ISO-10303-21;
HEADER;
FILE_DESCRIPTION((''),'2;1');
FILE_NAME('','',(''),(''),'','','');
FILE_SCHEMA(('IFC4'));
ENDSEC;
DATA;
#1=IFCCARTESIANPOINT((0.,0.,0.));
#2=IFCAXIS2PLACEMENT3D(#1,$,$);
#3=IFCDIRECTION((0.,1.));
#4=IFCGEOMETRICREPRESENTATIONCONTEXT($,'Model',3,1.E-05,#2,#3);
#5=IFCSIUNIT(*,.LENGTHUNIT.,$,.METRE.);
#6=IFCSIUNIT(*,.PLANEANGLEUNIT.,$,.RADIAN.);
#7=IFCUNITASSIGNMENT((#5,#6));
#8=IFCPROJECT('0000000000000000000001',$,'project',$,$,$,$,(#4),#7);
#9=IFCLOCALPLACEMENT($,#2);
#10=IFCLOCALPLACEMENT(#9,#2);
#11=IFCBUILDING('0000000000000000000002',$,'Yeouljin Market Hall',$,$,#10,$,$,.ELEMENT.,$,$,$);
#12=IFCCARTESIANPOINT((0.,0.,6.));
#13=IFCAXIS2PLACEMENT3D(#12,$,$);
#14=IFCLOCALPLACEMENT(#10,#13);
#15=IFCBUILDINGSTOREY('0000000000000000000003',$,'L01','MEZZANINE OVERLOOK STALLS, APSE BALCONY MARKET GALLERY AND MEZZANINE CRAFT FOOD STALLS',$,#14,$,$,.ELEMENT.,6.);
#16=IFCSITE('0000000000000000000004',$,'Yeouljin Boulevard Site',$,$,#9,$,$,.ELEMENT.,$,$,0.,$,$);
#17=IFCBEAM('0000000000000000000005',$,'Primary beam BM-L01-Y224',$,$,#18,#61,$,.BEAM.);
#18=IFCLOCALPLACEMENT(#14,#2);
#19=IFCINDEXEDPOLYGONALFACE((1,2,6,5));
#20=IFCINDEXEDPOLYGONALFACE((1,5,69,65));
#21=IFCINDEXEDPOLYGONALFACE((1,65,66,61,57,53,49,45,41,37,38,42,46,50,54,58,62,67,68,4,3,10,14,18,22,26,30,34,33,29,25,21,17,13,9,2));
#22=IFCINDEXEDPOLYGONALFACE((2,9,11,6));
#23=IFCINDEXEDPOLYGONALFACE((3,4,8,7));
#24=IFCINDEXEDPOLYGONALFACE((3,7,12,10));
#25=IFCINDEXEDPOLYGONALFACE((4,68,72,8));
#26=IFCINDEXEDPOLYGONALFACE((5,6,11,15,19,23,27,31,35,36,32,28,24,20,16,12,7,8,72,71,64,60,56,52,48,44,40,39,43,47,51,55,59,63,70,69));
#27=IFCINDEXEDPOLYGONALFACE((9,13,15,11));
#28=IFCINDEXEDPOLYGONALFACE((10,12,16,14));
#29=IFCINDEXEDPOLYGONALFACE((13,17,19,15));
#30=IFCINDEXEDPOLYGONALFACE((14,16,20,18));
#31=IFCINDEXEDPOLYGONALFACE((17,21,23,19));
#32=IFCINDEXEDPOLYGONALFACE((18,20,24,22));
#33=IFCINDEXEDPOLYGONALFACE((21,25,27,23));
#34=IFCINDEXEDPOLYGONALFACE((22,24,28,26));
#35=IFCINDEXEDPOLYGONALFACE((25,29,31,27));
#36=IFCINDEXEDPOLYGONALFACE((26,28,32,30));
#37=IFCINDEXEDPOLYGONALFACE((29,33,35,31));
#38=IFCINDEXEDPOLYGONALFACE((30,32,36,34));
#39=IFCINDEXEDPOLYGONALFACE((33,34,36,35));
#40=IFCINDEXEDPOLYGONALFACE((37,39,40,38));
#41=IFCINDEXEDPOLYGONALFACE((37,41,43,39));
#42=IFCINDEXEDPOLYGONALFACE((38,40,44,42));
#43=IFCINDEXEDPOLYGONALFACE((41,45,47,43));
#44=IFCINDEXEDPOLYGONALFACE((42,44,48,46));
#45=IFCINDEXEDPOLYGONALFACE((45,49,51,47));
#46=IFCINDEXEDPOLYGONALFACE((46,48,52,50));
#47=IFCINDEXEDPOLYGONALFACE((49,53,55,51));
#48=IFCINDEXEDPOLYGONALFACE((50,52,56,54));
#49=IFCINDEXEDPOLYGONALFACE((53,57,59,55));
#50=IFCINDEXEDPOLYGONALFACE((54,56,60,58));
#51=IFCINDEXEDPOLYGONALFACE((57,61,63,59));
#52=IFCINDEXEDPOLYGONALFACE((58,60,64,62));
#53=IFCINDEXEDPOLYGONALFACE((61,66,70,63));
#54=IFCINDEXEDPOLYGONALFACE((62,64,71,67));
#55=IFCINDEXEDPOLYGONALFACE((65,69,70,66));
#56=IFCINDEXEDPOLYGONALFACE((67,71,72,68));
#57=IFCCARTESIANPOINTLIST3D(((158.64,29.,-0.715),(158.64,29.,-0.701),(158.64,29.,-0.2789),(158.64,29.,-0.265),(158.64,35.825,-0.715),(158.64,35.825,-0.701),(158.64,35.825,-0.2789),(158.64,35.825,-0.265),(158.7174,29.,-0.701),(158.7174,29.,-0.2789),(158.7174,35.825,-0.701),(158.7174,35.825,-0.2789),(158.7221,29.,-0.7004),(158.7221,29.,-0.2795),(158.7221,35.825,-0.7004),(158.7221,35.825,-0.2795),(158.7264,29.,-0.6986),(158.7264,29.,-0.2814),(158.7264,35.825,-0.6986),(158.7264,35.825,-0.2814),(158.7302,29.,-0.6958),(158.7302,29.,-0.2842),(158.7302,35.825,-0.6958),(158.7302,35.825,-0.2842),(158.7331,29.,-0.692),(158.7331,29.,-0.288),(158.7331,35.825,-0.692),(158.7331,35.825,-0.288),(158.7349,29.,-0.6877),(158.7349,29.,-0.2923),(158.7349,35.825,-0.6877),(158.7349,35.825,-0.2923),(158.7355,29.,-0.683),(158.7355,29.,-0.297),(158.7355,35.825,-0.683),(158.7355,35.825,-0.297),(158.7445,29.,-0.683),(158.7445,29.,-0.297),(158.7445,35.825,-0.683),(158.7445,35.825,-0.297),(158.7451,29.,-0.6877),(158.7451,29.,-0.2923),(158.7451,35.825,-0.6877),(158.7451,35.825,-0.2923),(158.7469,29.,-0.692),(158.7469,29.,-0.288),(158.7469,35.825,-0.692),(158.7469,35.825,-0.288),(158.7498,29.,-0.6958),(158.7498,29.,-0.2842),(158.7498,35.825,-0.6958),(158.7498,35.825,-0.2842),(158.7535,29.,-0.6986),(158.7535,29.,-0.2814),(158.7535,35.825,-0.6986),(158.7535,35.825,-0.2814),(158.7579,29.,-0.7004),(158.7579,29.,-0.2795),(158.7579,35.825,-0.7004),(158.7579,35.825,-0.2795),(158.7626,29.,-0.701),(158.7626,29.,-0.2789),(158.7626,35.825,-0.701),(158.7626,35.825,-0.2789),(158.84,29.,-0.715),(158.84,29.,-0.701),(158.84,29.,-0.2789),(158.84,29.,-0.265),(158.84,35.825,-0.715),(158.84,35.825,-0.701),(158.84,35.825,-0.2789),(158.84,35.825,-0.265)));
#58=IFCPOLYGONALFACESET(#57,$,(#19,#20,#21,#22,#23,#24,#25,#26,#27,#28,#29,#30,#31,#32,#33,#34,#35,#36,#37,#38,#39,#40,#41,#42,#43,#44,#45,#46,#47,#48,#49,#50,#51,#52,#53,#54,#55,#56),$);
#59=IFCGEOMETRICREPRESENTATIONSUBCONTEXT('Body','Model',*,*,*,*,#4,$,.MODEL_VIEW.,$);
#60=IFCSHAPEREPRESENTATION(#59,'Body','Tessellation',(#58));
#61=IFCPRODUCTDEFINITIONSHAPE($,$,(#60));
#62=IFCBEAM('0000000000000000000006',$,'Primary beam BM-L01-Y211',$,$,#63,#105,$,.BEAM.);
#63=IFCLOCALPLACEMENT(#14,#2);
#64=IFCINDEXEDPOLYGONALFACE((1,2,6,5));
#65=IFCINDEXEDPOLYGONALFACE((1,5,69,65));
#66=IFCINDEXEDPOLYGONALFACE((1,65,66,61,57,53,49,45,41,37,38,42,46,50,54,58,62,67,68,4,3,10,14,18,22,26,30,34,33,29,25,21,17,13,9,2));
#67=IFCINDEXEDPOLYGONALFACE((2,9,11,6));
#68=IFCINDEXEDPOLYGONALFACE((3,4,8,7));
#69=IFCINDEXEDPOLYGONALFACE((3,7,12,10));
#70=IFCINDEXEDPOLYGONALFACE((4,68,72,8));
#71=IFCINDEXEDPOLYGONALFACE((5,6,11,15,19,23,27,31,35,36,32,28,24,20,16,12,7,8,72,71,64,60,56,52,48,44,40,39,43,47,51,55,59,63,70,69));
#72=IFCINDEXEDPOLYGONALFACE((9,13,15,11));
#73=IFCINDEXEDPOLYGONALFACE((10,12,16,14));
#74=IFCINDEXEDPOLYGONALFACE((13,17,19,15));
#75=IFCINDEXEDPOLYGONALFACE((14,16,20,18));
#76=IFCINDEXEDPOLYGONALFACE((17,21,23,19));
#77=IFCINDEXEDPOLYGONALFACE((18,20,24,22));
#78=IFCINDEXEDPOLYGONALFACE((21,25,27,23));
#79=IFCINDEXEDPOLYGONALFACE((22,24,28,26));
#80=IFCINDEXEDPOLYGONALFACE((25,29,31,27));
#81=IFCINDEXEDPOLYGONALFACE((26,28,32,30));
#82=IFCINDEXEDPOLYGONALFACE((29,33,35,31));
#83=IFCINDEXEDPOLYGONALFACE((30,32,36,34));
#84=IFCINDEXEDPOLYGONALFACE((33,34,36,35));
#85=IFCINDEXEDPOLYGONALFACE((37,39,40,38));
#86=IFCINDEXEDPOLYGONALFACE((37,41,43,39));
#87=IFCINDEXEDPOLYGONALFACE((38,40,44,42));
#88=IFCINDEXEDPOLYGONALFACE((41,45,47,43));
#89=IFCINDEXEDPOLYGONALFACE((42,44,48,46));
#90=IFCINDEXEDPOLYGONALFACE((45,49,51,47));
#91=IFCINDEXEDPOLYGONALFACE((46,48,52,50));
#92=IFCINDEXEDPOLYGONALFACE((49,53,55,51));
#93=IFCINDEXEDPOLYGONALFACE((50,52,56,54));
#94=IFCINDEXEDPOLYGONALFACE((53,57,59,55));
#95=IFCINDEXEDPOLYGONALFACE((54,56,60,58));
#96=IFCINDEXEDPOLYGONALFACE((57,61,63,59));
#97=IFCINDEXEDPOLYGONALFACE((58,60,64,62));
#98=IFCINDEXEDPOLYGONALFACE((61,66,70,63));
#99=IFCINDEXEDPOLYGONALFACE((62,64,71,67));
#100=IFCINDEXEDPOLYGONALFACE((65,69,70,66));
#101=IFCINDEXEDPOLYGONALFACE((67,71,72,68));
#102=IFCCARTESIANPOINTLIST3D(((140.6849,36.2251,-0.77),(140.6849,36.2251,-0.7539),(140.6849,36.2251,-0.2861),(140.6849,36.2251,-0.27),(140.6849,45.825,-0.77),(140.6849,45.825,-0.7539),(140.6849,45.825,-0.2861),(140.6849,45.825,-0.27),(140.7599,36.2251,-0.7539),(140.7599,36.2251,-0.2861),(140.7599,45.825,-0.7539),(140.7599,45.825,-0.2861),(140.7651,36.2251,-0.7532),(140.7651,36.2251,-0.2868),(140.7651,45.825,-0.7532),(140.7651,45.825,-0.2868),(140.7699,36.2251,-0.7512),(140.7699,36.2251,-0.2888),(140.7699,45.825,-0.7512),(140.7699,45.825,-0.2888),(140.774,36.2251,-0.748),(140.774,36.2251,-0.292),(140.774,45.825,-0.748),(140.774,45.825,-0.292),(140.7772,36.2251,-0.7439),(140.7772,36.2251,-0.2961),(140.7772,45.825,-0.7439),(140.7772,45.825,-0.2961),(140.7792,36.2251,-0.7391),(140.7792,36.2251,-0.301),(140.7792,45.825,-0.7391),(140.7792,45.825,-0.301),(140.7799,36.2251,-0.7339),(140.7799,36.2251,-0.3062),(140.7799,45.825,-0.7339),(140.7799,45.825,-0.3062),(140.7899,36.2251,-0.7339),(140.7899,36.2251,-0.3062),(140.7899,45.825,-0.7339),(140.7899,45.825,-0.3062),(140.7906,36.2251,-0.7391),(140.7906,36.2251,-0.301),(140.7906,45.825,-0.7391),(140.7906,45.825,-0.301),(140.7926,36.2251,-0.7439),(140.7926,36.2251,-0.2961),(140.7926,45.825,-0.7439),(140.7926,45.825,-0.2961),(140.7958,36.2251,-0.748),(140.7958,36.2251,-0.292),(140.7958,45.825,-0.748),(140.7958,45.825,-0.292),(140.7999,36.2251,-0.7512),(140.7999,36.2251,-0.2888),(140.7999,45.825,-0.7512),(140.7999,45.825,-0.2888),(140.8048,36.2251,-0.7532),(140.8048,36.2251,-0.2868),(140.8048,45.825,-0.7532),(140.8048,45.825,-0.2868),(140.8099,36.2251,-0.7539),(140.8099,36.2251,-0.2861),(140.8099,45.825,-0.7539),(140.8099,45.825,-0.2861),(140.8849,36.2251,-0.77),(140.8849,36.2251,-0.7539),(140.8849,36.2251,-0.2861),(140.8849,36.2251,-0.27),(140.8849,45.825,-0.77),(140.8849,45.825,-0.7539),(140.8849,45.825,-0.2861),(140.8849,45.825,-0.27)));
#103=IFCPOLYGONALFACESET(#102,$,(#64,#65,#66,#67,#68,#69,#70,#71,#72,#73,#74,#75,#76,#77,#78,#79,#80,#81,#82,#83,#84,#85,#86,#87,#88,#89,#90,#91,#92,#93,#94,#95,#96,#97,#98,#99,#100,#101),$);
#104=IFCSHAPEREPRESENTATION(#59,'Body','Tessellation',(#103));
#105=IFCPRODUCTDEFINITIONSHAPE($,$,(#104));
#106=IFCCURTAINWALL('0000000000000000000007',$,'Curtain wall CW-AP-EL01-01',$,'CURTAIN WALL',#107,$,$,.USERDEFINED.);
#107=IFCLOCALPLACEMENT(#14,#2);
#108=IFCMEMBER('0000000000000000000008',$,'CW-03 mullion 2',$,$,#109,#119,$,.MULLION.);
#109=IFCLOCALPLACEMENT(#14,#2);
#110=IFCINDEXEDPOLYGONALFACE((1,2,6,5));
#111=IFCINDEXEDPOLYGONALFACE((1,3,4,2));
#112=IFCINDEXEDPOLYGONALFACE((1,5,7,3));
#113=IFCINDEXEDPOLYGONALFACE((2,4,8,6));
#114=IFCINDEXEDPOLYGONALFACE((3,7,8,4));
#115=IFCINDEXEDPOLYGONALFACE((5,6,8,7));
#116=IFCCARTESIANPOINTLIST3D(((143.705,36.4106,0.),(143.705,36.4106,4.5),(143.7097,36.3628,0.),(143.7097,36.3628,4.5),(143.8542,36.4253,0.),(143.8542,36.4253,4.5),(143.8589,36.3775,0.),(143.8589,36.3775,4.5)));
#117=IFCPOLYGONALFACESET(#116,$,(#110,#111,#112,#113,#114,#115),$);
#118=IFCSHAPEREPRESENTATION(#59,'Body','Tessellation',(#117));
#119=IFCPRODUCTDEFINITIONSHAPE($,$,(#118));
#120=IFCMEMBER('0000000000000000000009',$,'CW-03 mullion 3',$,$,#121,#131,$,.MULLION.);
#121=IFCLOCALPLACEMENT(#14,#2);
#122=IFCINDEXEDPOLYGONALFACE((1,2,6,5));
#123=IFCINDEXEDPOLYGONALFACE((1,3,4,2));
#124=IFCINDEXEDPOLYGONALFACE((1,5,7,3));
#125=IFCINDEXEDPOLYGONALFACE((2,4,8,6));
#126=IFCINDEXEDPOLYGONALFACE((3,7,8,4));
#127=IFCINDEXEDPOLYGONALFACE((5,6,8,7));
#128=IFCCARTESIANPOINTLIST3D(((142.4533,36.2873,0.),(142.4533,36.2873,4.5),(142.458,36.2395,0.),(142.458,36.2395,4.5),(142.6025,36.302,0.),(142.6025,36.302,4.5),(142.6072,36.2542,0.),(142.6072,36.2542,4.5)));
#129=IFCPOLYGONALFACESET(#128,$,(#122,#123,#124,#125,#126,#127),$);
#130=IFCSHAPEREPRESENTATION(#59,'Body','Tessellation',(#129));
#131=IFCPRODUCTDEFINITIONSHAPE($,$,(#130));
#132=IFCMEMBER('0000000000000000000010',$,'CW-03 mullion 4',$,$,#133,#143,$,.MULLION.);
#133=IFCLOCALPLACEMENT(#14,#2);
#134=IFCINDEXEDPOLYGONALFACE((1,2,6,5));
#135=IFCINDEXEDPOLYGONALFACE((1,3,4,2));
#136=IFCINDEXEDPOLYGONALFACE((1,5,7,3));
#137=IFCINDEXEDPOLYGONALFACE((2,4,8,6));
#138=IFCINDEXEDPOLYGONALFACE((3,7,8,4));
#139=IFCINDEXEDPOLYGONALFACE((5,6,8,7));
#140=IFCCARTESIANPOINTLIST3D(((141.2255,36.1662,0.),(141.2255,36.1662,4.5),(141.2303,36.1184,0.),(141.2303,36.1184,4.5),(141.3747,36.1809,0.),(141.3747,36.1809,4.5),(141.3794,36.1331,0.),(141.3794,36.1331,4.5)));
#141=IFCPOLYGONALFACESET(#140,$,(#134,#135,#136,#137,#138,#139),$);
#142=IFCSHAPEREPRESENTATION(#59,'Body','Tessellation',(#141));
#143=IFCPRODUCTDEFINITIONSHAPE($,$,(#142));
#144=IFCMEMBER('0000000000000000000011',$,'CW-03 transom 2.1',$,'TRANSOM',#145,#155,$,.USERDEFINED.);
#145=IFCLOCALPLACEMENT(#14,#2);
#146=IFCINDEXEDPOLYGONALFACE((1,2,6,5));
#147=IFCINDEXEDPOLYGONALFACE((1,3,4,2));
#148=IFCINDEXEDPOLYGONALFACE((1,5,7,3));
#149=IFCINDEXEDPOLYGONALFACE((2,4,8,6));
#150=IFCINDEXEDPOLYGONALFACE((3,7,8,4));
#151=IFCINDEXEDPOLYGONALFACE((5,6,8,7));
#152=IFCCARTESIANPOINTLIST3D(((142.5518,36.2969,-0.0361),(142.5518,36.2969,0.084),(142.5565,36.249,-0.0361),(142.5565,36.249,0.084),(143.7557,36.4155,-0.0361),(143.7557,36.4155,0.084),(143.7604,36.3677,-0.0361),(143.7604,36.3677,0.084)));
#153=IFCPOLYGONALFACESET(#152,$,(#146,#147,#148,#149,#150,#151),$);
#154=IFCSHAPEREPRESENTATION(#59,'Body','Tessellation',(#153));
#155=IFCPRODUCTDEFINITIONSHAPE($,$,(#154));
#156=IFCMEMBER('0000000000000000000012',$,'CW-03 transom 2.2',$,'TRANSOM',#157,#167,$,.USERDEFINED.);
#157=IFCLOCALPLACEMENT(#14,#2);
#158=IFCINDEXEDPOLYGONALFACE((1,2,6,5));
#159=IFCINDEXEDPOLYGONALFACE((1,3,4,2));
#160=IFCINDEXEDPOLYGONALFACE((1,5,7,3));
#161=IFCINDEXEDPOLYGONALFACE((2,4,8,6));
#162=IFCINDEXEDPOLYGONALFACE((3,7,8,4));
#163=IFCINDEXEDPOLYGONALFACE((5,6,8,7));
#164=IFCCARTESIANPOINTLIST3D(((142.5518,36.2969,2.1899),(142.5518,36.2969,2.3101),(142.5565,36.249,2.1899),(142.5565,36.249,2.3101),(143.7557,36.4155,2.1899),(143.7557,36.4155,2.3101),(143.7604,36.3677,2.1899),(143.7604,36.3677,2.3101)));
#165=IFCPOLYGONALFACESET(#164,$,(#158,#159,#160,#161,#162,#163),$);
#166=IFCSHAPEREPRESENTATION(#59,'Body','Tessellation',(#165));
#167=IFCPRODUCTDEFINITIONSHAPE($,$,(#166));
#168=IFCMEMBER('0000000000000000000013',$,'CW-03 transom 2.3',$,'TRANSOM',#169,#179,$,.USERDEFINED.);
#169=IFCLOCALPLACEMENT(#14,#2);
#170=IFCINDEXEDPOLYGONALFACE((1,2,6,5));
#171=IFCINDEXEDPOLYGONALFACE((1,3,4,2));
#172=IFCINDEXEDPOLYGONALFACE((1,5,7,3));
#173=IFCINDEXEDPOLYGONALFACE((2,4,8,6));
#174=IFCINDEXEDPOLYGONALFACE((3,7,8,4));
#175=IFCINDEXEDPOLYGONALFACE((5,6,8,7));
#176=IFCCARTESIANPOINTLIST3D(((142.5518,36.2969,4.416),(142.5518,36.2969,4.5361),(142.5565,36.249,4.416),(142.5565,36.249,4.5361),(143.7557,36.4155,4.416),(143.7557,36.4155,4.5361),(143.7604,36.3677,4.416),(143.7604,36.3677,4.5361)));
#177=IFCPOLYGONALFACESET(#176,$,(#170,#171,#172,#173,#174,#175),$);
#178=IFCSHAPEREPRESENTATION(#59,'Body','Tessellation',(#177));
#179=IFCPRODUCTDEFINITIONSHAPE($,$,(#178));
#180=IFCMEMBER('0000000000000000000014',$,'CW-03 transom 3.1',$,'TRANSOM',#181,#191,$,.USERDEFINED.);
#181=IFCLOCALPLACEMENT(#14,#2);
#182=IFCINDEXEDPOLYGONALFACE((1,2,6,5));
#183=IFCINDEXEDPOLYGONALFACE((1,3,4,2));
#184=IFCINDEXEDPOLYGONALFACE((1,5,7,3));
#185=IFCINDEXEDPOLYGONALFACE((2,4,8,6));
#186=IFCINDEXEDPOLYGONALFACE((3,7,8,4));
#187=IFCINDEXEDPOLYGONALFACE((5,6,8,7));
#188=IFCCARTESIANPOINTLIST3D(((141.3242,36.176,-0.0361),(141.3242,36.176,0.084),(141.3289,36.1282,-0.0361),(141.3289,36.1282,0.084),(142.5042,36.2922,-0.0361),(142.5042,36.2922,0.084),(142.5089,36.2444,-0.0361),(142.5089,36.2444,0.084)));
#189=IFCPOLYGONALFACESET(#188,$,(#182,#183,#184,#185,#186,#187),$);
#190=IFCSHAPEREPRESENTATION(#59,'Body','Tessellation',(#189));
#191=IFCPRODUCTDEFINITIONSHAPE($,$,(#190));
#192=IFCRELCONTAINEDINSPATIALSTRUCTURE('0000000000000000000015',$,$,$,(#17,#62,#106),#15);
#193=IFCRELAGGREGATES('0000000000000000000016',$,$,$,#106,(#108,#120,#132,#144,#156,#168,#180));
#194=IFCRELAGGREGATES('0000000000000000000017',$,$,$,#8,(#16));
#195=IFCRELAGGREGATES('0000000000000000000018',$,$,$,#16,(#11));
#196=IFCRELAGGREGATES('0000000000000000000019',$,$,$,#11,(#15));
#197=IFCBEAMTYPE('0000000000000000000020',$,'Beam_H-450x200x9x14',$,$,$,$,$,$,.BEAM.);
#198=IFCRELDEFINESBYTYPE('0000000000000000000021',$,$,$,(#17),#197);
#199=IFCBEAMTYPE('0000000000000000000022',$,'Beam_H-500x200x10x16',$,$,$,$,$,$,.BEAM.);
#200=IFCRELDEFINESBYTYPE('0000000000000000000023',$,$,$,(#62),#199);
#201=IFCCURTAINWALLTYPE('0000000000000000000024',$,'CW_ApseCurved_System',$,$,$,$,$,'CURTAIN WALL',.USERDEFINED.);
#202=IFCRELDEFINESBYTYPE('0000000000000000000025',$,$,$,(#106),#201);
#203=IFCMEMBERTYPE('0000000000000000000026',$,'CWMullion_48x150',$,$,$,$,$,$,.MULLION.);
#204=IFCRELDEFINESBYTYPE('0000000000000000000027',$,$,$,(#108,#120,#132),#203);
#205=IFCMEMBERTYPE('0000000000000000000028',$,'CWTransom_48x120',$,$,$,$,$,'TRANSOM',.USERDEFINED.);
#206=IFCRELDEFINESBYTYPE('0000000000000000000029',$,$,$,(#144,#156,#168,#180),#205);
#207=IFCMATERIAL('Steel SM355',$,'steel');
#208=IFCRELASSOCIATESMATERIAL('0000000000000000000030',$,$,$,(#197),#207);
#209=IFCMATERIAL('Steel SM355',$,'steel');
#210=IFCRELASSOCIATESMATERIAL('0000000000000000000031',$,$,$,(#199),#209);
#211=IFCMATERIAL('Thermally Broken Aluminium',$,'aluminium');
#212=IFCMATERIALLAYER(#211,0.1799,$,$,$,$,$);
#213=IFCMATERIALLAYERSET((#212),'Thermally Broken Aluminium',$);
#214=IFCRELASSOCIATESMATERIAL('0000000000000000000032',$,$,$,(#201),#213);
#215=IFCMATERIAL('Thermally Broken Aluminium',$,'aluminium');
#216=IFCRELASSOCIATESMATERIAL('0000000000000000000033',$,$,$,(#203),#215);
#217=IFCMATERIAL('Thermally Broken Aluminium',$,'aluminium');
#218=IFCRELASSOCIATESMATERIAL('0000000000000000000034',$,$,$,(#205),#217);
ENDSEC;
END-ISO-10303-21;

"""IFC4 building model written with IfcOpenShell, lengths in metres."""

from ifc_helpers import new_model, si_unit, direction, frame, origin, origin_2d, place, context, subcontext, project, spatial, rectangle, i_section, extrude, material, layer, layer_set, material_profile, profile_set, type_object, element, aggregate, save


model = new_model("IFC4")

# Units and contexts
model_context = context("Model", 3, precision=1e-05, world=origin(), true_north=direction((0.0, 1.0)))
body_context = subcontext(model_context, "Body", "Model", "MODEL_VIEW")
ifc_project = project(units=[si_unit("LENGTHUNIT", "METRE"), si_unit("PLANEANGLEUNIT", "RADIAN")], contexts=[model_context])

# Site, building, storey
site_placement = place(None, origin())
site = spatial("IfcSite", under=ifc_project, at=site_placement, Name="Yeouljin Boulevard Site", CompositionType="ELEMENT", RefElevation=0.0)
building_placement = place(site_placement, origin())
building = spatial("IfcBuilding", under=site, at=building_placement, Name="Yeouljin Market Hall", CompositionType="ELEMENT")
storey_placement = place(building_placement, frame((0.0, 0.0, 6.0)))
storey = spatial("IfcBuildingStorey", under=building, at=storey_placement, Name="L01", Description="MEZZANINE OVERLOOK STALLS, APSE BALCONY MARKET GALLERY AND MEZZANINE CRAFT FOOD STALLS", CompositionType="ELEMENT", Elevation=6.0)

# Beams
ifc_material_1 = material(Name="Steel SM355", Category="steel")
ifc_material_profile_1 = material_profile(ifc_material_1, i_section(OverallWidth=0.2, OverallDepth=0.45, WebThickness=0.009, FlangeThickness=0.0139, FilletRadius=0.0181, at=origin_2d()), Name="H-450x200x9x14")
ifc_profile_set_1 = profile_set([ifc_material_profile_1], Name="Steel SM355")
beam_type_1 = type_object("IfcBeamType", Name="Beam_H-450x200x9x14", PredefinedType="BEAM", material=ifc_profile_set_1)
beam_1_placement = place(storey_placement, frame((158.74, 29.0, -0.49), z_axis=(0.0, 1.0, 0.0), x_axis=(-1.0, 0.0, 0.0)))
element("IfcBeam", 1, at=beam_1_placement, inside=storey, type_object=beam_type_1, Name="Primary beam BM-L01-Y224", PredefinedType="BEAM", context=body_context, shape_type="SweptSolid", body=[
    extrude(i_section(OverallWidth=0.2, OverallDepth=0.45, WebThickness=0.009, FlangeThickness=0.0139, FilletRadius=0.0181, at=origin_2d()), origin(), (0.0, 0.0, 1.0), 6.825),
])
ifc_material_2 = material(Name="Steel SM355", Category="steel")
ifc_material_profile_2 = material_profile(ifc_material_2, i_section(OverallWidth=0.2, OverallDepth=0.5, WebThickness=0.01, FlangeThickness=0.0161, FilletRadius=0.02, at=origin_2d()), Name="H-500x200x10x16")
ifc_profile_set_2 = profile_set([ifc_material_profile_2], Name="Steel SM355")
beam_type_2 = type_object("IfcBeamType", Name="Beam_H-500x200x10x16", PredefinedType="BEAM", material=ifc_profile_set_2)
beam_2_placement = place(storey_placement, frame((140.7849, 36.2251, -0.52), z_axis=(0.0, 1.0, 0.0), x_axis=(-1.0, 0.0, 0.0)))
element("IfcBeam", 2, at=beam_2_placement, inside=storey, type_object=beam_type_2, Name="Primary beam BM-L01-Y211", PredefinedType="BEAM", context=body_context, shape_type="SweptSolid", body=[
    extrude(i_section(OverallWidth=0.2, OverallDepth=0.5, WebThickness=0.01, FlangeThickness=0.0161, FilletRadius=0.02, at=origin_2d()), origin(), (0.0, 0.0, 1.0), 9.5999),
])

# Curtain wall, members
ifc_material_3 = material(Name="Thermally Broken Aluminium", Category="aluminium")
ifc_layer_1 = layer(ifc_material_3, 0.1799)
ifc_layer_set_1 = layer_set([ifc_layer_1], Name="Thermally Broken Aluminium")
curtain_wall_type = type_object("IfcCurtainWallType", Name="CW_ApseCurved_System", ElementType="CURTAIN WALL", PredefinedType="USERDEFINED", material=ifc_layer_set_1)
curtain_wall_placement = place(storey_placement, origin())
curtain_wall = element("IfcCurtainWall", 3, at=curtain_wall_placement, inside=storey, type_object=curtain_wall_type, Name="Curtain wall CW-AP-EL01-01", ObjectType="CURTAIN WALL", PredefinedType="USERDEFINED")
ifc_material_4 = material(Name="Thermally Broken Aluminium", Category="aluminium")
ifc_material_profile_3 = material_profile(ifc_material_4, rectangle(XDim=0.0481, YDim=0.1499, at=origin_2d()), Name="CW-MULL-48x150")
ifc_profile_set_3 = profile_set([ifc_material_profile_3], Name="Thermally Broken Aluminium")
member_type_1 = type_object("IfcMemberType", Name="CWMullion_48x150", PredefinedType="MULLION", material=ifc_profile_set_3)
member_1_placement = place(storey_placement, frame((143.782, 36.394, 0.0), z_axis=(0.0, 0.0, 1.0), x_axis=(0.098034, -0.995183, 0.0)))
member_1 = element("IfcMember", 4, at=member_1_placement, type_object=member_type_1, Name="CW-03 mullion 2", PredefinedType="MULLION", context=body_context, shape_type="SweptSolid", body=[
    extrude(rectangle(XDim=0.0481, YDim=0.1499, at=origin_2d()), origin(), (0.0, 0.0, 1.0), 4.5),
])
member_2_placement = place(storey_placement, frame((142.5303, 36.2708, 0.0), z_axis=(0.0, 0.0, 1.0), x_axis=(0.098034, -0.995183, 0.0)))
member_2 = element("IfcMember", 5, at=member_2_placement, type_object=member_type_1, Name="CW-03 mullion 3", PredefinedType="MULLION", context=body_context, shape_type="SweptSolid", body=[
    extrude(rectangle(XDim=0.0481, YDim=0.1499, at=origin_2d()), origin(), (0.0, 0.0, 1.0), 4.5),
])
member_3_placement = place(storey_placement, frame((141.3025, 36.1497, 0.0), z_axis=(0.0, 0.0, 1.0), x_axis=(0.098034, -0.995183, 0.0)))
member_3 = element("IfcMember", 6, at=member_3_placement, type_object=member_type_1, Name="CW-03 mullion 4", PredefinedType="MULLION", context=body_context, shape_type="SweptSolid", body=[
    extrude(rectangle(XDim=0.0481, YDim=0.1499, at=origin_2d()), origin(), (0.0, 0.0, 1.0), 4.5),
])
ifc_material_5 = material(Name="Thermally Broken Aluminium", Category="aluminium")
ifc_material_profile_4 = material_profile(ifc_material_5, rectangle(XDim=0.0481, YDim=0.1201, at=origin_2d()), Name="CW-TRAN-48x120")
ifc_profile_set_4 = profile_set([ifc_material_profile_4], Name="Thermally Broken Aluminium")
member_type_2 = type_object("IfcMemberType", Name="CWTransom_48x120", ElementType="TRANSOM", PredefinedType="USERDEFINED", material=ifc_profile_set_4)
member_4_placement = place(storey_placement, frame((143.7581, 36.3916, 0.0239), z_axis=(-0.995178, -0.098085, 0.0), x_axis=(0.098085, -0.995178, 0.0)))
member_4 = element("IfcMember", 7, at=member_4_placement, type_object=member_type_2, Name="CW-03 transom 2.1", ObjectType="TRANSOM", PredefinedType="USERDEFINED", context=body_context, shape_type="SweptSolid", body=[
    extrude(rectangle(XDim=0.0481, YDim=0.1201, at=origin_2d()), origin(), (0.0, 0.0, 1.0), 1.2097),
])
member_5_placement = place(storey_placement, frame((143.7581, 36.3916, 2.25), z_axis=(-0.995178, -0.098085, 0.0), x_axis=(0.098085, -0.995178, 0.0)))
member_5 = element("IfcMember", 8, at=member_5_placement, type_object=member_type_2, Name="CW-03 transom 2.2", ObjectType="TRANSOM", PredefinedType="USERDEFINED", context=body_context, shape_type="SweptSolid", body=[
    extrude(rectangle(XDim=0.0481, YDim=0.1201, at=origin_2d()), origin(), (0.0, 0.0, 1.0), 1.2097),
])
member_6_placement = place(storey_placement, frame((143.7581, 36.3916, 4.4761), z_axis=(-0.995178, -0.098085, 0.0), x_axis=(0.098085, -0.995178, 0.0)))
member_6 = element("IfcMember", 9, at=member_6_placement, type_object=member_type_2, Name="CW-03 transom 2.3", ObjectType="TRANSOM", PredefinedType="USERDEFINED", context=body_context, shape_type="SweptSolid", body=[
    extrude(rectangle(XDim=0.0481, YDim=0.1201, at=origin_2d()), origin(), (0.0, 0.0, 1.0), 1.2097),
])
member_7_placement = place(storey_placement, frame((142.5066, 36.2683, 0.0239), z_axis=(-0.995187, -0.097995, 0.0), x_axis=(0.097995, -0.995187, 0.0)))
member_7 = element("IfcMember", 10, at=member_7_placement, type_object=member_type_2, Name="CW-03 transom 3.1", ObjectType="TRANSOM", PredefinedType="USERDEFINED", context=body_context, shape_type="SweptSolid", body=[
    extrude(rectangle(XDim=0.0481, YDim=0.1201, at=origin_2d()), origin(), (0.0, 0.0, 1.0), 1.1858),
])

aggregate(curtain_wall, [member_1, member_2, member_3, member_4, member_5, member_6, member_7])

save(model, "model.ifc")
